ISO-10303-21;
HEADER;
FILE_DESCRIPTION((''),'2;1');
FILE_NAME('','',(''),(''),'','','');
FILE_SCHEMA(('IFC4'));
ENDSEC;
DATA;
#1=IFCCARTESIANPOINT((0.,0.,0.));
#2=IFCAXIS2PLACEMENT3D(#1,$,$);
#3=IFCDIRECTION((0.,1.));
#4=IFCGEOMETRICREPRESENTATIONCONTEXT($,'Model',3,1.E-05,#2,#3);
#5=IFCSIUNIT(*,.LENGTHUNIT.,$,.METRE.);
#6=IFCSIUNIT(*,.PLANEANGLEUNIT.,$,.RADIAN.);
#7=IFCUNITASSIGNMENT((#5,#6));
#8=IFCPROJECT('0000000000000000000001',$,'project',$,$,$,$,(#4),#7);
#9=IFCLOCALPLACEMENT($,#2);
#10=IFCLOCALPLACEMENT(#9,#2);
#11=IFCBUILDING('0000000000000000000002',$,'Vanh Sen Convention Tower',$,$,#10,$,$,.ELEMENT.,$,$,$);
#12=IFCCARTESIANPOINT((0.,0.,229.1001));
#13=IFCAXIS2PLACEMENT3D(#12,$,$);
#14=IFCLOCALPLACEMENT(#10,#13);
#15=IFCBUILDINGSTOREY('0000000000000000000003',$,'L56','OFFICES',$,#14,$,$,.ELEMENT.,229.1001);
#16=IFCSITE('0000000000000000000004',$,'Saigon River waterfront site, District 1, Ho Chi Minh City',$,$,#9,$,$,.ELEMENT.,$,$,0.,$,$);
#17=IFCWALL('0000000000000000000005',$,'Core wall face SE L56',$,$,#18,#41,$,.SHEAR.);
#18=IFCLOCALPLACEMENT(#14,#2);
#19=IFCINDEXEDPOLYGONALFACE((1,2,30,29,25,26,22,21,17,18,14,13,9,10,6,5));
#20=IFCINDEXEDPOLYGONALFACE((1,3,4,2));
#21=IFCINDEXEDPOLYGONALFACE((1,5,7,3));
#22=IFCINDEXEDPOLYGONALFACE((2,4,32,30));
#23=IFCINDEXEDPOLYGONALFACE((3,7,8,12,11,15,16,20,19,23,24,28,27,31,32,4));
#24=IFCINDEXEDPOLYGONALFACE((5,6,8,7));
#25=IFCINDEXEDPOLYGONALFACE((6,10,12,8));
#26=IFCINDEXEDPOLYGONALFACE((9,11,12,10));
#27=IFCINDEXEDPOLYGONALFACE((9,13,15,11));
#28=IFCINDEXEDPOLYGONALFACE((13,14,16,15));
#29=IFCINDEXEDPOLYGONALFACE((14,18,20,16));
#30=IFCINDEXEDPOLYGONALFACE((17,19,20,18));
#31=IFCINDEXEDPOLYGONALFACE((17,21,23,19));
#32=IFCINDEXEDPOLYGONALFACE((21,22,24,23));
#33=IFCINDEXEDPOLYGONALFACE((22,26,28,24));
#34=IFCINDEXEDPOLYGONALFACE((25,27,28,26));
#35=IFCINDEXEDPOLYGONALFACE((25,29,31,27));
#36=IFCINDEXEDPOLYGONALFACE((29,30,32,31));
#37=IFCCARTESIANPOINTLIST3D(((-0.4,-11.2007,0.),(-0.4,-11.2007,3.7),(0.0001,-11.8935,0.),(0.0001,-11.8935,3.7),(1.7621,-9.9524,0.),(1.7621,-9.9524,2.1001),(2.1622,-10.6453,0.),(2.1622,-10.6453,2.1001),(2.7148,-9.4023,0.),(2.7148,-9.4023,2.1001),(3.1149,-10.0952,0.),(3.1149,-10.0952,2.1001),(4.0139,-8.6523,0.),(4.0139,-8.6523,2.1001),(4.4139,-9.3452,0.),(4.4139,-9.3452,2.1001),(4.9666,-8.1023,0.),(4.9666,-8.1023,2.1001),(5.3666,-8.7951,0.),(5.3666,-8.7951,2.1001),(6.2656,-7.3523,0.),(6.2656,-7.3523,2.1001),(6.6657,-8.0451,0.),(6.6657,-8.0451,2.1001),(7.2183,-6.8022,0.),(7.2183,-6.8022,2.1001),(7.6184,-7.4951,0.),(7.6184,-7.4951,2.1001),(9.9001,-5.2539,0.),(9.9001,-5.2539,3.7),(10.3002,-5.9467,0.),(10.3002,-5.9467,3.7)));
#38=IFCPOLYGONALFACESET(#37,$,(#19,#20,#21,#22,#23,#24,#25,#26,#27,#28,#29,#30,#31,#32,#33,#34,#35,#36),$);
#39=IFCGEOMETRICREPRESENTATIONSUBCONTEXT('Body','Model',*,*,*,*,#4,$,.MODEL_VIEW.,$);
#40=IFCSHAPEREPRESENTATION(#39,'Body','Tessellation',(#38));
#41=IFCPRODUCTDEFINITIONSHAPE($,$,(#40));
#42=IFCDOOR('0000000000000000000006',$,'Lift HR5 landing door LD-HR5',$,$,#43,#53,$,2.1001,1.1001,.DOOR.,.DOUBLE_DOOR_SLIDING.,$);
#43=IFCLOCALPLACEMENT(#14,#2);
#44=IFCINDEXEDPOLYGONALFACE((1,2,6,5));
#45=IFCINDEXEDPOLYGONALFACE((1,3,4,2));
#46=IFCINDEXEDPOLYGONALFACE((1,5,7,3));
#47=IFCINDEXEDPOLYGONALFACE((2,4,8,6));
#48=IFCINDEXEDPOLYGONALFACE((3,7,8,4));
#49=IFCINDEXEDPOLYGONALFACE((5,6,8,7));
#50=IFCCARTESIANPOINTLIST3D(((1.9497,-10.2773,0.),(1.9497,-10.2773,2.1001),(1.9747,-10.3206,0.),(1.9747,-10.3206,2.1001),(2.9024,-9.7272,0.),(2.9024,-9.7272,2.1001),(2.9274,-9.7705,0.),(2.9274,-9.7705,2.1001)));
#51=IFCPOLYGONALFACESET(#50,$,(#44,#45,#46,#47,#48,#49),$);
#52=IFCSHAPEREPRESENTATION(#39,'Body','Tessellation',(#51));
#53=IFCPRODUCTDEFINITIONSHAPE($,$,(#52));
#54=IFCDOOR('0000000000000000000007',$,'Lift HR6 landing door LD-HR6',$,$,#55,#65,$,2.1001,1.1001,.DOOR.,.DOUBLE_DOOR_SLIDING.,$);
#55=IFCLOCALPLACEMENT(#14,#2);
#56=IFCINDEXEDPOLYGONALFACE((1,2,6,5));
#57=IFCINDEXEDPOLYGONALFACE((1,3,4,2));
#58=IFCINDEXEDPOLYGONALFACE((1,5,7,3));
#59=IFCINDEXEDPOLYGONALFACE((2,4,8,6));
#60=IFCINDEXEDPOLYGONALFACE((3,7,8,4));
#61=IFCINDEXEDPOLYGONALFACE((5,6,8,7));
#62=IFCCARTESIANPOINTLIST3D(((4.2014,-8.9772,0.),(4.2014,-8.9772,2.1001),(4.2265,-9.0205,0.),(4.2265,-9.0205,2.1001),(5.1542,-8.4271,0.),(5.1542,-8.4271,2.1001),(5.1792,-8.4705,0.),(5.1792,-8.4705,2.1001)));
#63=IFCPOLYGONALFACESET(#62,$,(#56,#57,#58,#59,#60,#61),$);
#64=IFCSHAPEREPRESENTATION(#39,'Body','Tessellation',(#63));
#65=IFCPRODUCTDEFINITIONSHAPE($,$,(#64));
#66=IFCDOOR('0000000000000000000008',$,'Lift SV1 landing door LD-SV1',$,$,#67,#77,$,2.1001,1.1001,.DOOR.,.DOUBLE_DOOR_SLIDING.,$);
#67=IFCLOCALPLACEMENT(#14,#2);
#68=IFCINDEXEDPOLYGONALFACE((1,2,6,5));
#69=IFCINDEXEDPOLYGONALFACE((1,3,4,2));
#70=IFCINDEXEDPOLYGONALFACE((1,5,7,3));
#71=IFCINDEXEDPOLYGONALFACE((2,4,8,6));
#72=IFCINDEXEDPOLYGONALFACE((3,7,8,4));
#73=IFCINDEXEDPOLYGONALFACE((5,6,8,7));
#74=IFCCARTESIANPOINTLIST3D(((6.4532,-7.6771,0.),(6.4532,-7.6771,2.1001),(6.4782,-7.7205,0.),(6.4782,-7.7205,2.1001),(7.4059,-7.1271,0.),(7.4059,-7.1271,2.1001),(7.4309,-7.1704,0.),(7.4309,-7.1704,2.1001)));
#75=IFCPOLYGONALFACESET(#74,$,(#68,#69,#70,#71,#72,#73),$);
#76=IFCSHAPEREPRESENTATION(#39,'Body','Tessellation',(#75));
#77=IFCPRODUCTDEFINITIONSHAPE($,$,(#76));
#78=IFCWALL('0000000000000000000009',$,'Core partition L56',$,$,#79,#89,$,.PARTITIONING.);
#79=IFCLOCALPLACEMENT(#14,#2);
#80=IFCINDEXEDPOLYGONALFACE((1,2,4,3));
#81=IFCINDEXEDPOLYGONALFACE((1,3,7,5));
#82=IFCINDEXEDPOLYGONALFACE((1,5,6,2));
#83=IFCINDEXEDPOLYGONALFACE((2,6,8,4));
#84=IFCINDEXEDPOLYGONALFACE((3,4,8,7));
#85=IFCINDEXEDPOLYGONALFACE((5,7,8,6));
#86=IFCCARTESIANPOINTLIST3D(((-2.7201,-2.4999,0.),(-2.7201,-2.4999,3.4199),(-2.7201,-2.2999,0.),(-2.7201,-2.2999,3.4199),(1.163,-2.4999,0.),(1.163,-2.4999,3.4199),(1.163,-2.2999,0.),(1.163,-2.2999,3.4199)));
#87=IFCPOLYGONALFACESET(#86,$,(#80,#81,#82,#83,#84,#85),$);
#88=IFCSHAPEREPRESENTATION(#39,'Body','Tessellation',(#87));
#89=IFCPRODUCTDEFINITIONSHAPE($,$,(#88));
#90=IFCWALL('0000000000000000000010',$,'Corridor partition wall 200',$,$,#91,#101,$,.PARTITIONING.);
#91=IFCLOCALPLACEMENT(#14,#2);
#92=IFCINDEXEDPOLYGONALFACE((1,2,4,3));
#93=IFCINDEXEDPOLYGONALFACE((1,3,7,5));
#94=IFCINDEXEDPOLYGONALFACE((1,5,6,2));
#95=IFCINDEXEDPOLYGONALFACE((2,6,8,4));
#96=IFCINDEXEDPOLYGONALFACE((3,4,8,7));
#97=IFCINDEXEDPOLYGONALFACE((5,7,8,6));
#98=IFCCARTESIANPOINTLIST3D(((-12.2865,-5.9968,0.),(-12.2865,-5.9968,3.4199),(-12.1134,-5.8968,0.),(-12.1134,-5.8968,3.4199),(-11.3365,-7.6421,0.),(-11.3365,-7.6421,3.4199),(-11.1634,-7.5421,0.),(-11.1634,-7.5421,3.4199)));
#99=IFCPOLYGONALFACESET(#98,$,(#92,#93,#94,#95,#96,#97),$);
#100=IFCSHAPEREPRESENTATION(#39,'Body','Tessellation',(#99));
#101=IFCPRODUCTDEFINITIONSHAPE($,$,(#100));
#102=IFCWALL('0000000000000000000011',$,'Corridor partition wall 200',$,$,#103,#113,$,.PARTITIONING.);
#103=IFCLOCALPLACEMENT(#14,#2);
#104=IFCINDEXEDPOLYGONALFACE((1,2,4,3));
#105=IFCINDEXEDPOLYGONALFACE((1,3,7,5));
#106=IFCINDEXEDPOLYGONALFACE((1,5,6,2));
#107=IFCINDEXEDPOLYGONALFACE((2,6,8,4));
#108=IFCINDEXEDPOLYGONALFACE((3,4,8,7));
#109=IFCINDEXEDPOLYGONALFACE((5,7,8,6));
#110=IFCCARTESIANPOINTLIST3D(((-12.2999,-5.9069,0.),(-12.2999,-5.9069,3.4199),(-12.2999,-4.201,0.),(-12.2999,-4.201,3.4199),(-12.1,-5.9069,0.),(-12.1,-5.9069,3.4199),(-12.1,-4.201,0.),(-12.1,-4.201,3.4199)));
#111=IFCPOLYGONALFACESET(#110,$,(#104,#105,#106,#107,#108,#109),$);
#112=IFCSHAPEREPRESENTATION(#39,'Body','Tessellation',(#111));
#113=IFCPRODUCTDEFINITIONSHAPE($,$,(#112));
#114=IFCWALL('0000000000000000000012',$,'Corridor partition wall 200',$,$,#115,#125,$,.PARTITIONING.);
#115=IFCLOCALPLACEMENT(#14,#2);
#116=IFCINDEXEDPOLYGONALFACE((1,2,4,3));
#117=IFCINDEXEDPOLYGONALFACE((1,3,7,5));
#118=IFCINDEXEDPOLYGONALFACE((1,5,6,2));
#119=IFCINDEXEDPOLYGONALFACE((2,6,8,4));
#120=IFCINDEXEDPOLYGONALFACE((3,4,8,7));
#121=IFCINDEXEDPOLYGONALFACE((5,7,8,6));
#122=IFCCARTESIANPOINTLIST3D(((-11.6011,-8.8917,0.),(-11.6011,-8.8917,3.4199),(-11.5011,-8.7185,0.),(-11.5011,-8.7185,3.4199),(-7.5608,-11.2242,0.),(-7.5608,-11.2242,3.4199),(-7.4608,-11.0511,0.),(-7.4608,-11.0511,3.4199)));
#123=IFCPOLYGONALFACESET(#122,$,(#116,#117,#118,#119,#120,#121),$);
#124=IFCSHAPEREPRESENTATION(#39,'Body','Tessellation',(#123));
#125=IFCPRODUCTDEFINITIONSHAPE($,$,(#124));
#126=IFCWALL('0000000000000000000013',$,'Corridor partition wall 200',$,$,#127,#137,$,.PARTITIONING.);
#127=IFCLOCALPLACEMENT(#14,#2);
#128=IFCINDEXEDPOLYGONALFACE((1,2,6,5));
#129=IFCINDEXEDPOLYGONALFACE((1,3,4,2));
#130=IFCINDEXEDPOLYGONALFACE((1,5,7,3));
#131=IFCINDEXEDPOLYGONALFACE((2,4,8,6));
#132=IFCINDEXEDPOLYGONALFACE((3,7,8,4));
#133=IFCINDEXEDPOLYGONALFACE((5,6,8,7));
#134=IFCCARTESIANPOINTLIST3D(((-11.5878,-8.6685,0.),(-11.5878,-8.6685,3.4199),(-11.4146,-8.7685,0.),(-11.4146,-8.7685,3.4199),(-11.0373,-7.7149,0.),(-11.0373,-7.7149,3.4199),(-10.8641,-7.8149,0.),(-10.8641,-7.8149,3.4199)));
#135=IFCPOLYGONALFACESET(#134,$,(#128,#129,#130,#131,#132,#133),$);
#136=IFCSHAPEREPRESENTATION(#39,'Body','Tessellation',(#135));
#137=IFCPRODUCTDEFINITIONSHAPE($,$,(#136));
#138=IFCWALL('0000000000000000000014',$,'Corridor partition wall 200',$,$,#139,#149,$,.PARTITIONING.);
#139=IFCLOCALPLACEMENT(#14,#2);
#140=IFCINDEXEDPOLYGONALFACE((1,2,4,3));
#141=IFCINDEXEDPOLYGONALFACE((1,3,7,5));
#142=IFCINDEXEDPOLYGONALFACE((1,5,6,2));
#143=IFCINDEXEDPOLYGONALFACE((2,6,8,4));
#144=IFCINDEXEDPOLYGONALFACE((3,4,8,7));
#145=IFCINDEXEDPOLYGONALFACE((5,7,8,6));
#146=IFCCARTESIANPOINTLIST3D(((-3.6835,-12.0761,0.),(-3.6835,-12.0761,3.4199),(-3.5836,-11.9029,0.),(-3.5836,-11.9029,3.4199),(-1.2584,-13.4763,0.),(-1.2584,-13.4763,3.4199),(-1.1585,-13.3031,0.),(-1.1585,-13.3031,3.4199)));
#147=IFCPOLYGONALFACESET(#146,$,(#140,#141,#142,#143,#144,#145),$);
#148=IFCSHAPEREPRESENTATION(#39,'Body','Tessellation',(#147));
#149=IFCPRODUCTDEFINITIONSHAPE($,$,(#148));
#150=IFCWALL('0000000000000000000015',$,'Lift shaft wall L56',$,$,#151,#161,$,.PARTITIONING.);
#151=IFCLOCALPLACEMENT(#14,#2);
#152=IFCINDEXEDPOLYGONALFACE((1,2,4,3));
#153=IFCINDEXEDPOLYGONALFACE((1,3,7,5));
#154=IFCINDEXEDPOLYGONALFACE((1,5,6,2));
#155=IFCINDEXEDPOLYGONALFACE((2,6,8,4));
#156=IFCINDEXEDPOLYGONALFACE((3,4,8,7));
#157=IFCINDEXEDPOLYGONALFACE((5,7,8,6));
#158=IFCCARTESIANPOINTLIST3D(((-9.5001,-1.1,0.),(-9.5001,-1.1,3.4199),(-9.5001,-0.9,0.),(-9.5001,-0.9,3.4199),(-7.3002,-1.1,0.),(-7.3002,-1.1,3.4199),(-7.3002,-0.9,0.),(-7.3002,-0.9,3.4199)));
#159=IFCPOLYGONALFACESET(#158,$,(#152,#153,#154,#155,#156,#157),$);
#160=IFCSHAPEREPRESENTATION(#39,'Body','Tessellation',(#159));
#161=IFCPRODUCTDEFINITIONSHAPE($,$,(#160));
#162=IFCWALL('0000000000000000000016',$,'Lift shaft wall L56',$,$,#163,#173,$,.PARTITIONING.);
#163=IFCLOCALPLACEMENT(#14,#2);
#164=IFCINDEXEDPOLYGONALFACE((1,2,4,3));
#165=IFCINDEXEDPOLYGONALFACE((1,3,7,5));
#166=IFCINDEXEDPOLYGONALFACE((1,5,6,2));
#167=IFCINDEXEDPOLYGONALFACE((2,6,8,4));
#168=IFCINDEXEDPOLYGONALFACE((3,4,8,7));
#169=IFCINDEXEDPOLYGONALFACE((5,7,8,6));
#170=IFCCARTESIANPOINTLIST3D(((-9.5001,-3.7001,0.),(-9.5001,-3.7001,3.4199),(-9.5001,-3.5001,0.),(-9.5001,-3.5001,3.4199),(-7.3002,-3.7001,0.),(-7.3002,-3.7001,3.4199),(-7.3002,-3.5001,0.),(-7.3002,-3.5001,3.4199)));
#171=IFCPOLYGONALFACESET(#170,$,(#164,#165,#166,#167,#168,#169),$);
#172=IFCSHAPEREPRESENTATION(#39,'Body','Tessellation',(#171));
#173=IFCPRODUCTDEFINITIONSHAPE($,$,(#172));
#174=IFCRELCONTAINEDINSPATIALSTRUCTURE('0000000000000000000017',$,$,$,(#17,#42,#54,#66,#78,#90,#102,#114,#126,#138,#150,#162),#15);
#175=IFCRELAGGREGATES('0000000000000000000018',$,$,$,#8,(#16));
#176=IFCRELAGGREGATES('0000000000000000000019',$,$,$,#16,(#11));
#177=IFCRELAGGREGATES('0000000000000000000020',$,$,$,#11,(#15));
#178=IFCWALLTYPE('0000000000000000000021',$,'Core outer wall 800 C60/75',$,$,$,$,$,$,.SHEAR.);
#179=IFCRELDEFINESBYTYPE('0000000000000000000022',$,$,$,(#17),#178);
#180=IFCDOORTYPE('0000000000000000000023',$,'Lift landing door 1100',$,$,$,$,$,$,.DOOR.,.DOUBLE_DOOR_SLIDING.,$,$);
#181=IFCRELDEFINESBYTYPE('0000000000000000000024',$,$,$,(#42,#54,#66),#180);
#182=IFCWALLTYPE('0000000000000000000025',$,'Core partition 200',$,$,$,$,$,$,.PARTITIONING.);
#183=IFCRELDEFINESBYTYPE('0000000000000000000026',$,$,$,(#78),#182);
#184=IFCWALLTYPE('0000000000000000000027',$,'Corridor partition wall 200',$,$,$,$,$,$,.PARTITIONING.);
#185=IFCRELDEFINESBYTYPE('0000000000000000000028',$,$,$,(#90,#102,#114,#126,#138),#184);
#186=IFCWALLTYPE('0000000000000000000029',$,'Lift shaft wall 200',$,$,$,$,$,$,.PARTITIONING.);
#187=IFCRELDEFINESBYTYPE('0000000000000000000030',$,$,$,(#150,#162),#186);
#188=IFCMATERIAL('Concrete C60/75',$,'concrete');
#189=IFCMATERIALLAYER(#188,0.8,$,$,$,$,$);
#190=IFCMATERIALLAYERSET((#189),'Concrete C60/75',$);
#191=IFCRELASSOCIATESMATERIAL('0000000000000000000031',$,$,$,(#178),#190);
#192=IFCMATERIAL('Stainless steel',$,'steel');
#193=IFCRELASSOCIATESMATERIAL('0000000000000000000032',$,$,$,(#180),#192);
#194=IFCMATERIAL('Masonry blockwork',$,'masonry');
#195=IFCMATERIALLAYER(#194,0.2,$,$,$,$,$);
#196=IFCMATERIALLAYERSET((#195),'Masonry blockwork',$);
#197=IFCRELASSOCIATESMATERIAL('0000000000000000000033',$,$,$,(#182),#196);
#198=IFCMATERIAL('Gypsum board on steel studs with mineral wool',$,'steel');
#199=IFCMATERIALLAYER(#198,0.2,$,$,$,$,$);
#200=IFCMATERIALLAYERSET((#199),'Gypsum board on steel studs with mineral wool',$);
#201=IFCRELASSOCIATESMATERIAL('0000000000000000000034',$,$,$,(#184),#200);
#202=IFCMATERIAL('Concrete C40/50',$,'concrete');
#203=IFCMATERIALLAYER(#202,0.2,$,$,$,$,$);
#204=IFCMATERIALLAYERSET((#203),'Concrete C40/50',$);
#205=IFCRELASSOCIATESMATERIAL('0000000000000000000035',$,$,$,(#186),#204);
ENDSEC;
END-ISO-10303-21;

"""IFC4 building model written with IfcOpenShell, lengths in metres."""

from ifc_helpers import new_model, si_unit, direction, frame, frame_2d, origin, place, context, subcontext, project, spatial, rectangle, extrude, material, layer, layer_set, type_object, element, fill, save


model = new_model("IFC4")

# Units and contexts
model_context = context("Model", 3, precision=1e-05, world=origin(), true_north=direction((0.0, 1.0)))
body_context = subcontext(model_context, "Body", "Model", "MODEL_VIEW")
ifc_project = project(units=[si_unit("LENGTHUNIT", "METRE"), si_unit("PLANEANGLEUNIT", "RADIAN")], contexts=[model_context])

# Site, building, storey
site_placement = place(None, origin())
site = spatial("IfcSite", under=ifc_project, at=site_placement, Name="Saigon River waterfront site, District 1, Ho Chi Minh City", CompositionType="ELEMENT", RefElevation=0.0)
building_placement = place(site_placement, origin())
building = spatial("IfcBuilding", under=site, at=building_placement, Name="Vanh Sen Convention Tower", CompositionType="ELEMENT")
storey_placement = place(building_placement, frame((0.0, 0.0, 229.1001)))
storey = spatial("IfcBuildingStorey", under=building, at=storey_placement, Name="L56", Description="OFFICES", CompositionType="ELEMENT", Elevation=229.1001)

# Shared definitions
ifc_material_1 = material(Name="Concrete C40/50", Category="concrete")

# Wall, openings, doors
ifc_material_2 = material(Name="Concrete C60/75", Category="concrete")
ifc_layer_1 = layer(ifc_material_2, 0.8)
ifc_layer_set_1 = layer_set([ifc_layer_1], Name="Concrete C60/75")
wall_type_1 = type_object("IfcWallType", Name="Core outer wall 800 C60/75", PredefinedType="SHEAR", material=ifc_layer_set_1)
ifc_material_3 = material(Name="Stainless steel", Category="steel")
door_type_1 = type_object("IfcDoorType", Name="Lift landing door 1100", OperationType="DOUBLE_DOOR_SLIDING", PredefinedType="DOOR", material=ifc_material_3)
wall_1_placement = place(storey_placement, frame((-0.2, -11.5471, 0.0), z_axis=(0.0, 0.0, 1.0), x_axis=(0.866024, 0.500003, 0.0)))
wall_1 = element("IfcWall", 1, at=wall_1_placement, inside=storey, type_object=wall_type_1, Name="Core wall face SE L56", PredefinedType="SHEAR", context=body_context, shape_type="SweptSolid", body=[
    extrude(rectangle(XDim=11.8936, YDim=0.8, at=frame_2d((5.9468, 0.0))), origin(), (0.0, 0.0, 1.0), 3.7),
])
opening_1_placement = place(wall_1_placement, frame((2.4966, 0.0, 0.0)))
opening_1 = element("IfcOpeningElement", 2, at=opening_1_placement, cuts=wall_1, PredefinedType="OPENING", context=body_context, shape_type="SweptSolid", body=[
    extrude(rectangle(XDim=1.1001, YDim=2.1001, at=frame_2d((0.55, 1.05))), frame((0.0, 0.4099, 0.0), z_axis=(0.0, -1.0, 0.0), x_axis=(1.0, 0.0, 0.0)), (0.0, 0.0, 1.0), 0.8201),
])
opening_2_placement = place(wall_1_placement, frame((5.0967, 0.0, 0.0)))
opening_2 = element("IfcOpeningElement", 3, at=opening_2_placement, cuts=wall_1, PredefinedType="OPENING", context=body_context, shape_type="SweptSolid", body=[
    extrude(rectangle(XDim=1.1001, YDim=2.1001, at=frame_2d((0.55, 1.05))), frame((0.0, 0.4099, 0.0), z_axis=(0.0, -1.0, 0.0), x_axis=(1.0, 0.0, 0.0)), (0.0, 0.0, 1.0), 0.8201),
])
opening_3_placement = place(wall_1_placement, frame((7.6968, 0.0, 0.0)))
opening_3 = element("IfcOpeningElement", 4, at=opening_3_placement, cuts=wall_1, PredefinedType="OPENING", context=body_context, shape_type="SweptSolid", body=[
    extrude(rectangle(XDim=1.1001, YDim=2.1001, at=frame_2d((0.55, 1.05))), frame((0.0, 0.4099, 0.0), z_axis=(0.0, -1.0, 0.0), x_axis=(1.0, 0.0, 0.0)), (0.0, 0.0, 1.0), 0.8201),
])
door_1_placement = place(opening_1_placement, origin())
door_1 = element("IfcDoor", 5, at=door_1_placement, inside=storey, type_object=door_type_1, Name="Lift HR5 landing door LD-HR5", OperationType="DOUBLE_DOOR_SLIDING", OverallHeight=2.1001, OverallWidth=1.1001, PredefinedType="DOOR", context=body_context, shape_type="SweptSolid", body=[
    extrude(rectangle(XDim=1.1001, YDim=2.1001, at=frame_2d((0.55, 1.05))), frame((0.0, 0.0249, 0.0), z_axis=(0.0, -1.0, 0.0), x_axis=(1.0, 0.0, 0.0)), (0.0, 0.0, 1.0), 0.05),
])
fill(opening_1, door_1)
door_2_placement = place(opening_2_placement, origin())
door_2 = element("IfcDoor", 6, at=door_2_placement, inside=storey, type_object=door_type_1, Name="Lift HR6 landing door LD-HR6", OperationType="DOUBLE_DOOR_SLIDING", OverallHeight=2.1001, OverallWidth=1.1001, PredefinedType="DOOR", context=body_context, shape_type="SweptSolid", body=[
    extrude(rectangle(XDim=1.1001, YDim=2.1001, at=frame_2d((0.55, 1.05))), frame((0.0, 0.0249, 0.0), z_axis=(0.0, -1.0, 0.0), x_axis=(1.0, 0.0, 0.0)), (0.0, 0.0, 1.0), 0.05),
])
fill(opening_2, door_2)
door_3_placement = place(opening_3_placement, origin())
door_3 = element("IfcDoor", 7, at=door_3_placement, inside=storey, type_object=door_type_1, Name="Lift SV1 landing door LD-SV1", OperationType="DOUBLE_DOOR_SLIDING", OverallHeight=2.1001, OverallWidth=1.1001, PredefinedType="DOOR", context=body_context, shape_type="SweptSolid", body=[
    extrude(rectangle(XDim=1.1001, YDim=2.1001, at=frame_2d((0.55, 1.05))), frame((0.0, 0.0249, 0.0), z_axis=(0.0, -1.0, 0.0), x_axis=(1.0, 0.0, 0.0)), (0.0, 0.0, 1.0), 0.05),
])
fill(opening_3, door_3)

# Walls
ifc_material_4 = material(Name="Masonry blockwork", Category="masonry")
ifc_layer_2 = layer(ifc_material_4, 0.2)
ifc_layer_set_2 = layer_set([ifc_layer_2], Name="Masonry blockwork")
wall_type_2 = type_object("IfcWallType", Name="Core partition 200", PredefinedType="PARTITIONING", material=ifc_layer_set_2)
wall_2_placement = place(storey_placement, frame((-2.72, -2.3999, 0.0), z_axis=(0.0, 0.0, 1.0), x_axis=(1.0, 0.0, 0.0)))
element("IfcWall", 8, at=wall_2_placement, inside=storey, type_object=wall_type_2, Name="Core partition L56", PredefinedType="PARTITIONING", context=body_context, shape_type="SweptSolid", body=[
    extrude(rectangle(XDim=3.8831, YDim=0.2, at=frame_2d((1.9414, 0.0))), origin(), (0.0, 0.0, 1.0), 3.4199),
])
ifc_material_5 = material(Name="Gypsum board on steel studs with mineral wool", Category="steel")
ifc_layer_3 = layer(ifc_material_5, 0.2)
ifc_layer_set_3 = layer_set([ifc_layer_3], Name="Gypsum board on steel studs with mineral wool")
wall_type_3 = type_object("IfcWallType", Name="Corridor partition wall 200", PredefinedType="PARTITIONING", material=ifc_layer_set_3)
wall_3_placement = place(storey_placement, frame((-12.2, -5.9468, 0.0), z_axis=(0.0, 0.0, 1.0), x_axis=(0.500023, -0.866012, 0.0)))
element("IfcWall", 9, at=wall_3_placement, inside=storey, type_object=wall_type_3, Name="Corridor partition wall 200", PredefinedType="PARTITIONING", context=body_context, shape_type="SweptSolid", body=[
    extrude(rectangle(XDim=1.8999, YDim=0.2, at=frame_2d((0.95, 0.0))), origin(), (0.0, 0.0, 1.0), 3.4199),
])
wall_4_placement = place(storey_placement, frame((-12.2, -4.2009, 0.0), z_axis=(0.0, 0.0, 1.0), x_axis=(0.0, -1.0, 0.0)))
element("IfcWall", 10, at=wall_4_placement, inside=storey, type_object=wall_type_3, Name="Corridor partition wall 200", PredefinedType="PARTITIONING", context=body_context, shape_type="SweptSolid", body=[
    extrude(rectangle(XDim=1.7058, YDim=0.2, at=frame_2d((0.853, 0.0))), origin(), (0.0, 0.0, 1.0), 3.4199),
])
wall_5_placement = place(storey_placement, frame((-11.551, -8.8052, 0.0), z_axis=(0.0, 0.0, 1.0), x_axis=(0.866038, -0.499978, 0.0)))
element("IfcWall", 11, at=wall_5_placement, inside=storey, type_object=wall_type_3, Name="Corridor partition wall 200", PredefinedType="PARTITIONING", context=body_context, shape_type="SweptSolid", body=[
    extrude(rectangle(XDim=4.6653, YDim=0.2, at=frame_2d((2.3325, 0.0))), origin(), (0.0, 0.0, 1.0), 3.4199),
])
wall_6_placement = place(storey_placement, frame((-10.9507, -7.7649, 0.0), z_axis=(0.0, 0.0, 1.0), x_axis=(-0.499978, -0.866038, 0.0)))
element("IfcWall", 12, at=wall_6_placement, inside=storey, type_object=wall_type_3, Name="Corridor partition wall 200", PredefinedType="PARTITIONING", context=body_context, shape_type="SweptSolid", body=[
    extrude(rectangle(XDim=1.1011, YDim=0.2, at=frame_2d((0.5505, 0.0))), origin(), (0.0, 0.0, 1.0), 3.4199),
])
wall_7_placement = place(storey_placement, frame((-3.6335, -11.9895, 0.0), z_axis=(0.0, 0.0, 1.0), x_axis=(0.866019, -0.500012, 0.0)))
element("IfcWall", 13, at=wall_7_placement, inside=storey, type_object=wall_type_3, Name="Corridor partition wall 200", PredefinedType="PARTITIONING", context=body_context, shape_type="SweptSolid", body=[
    extrude(rectangle(XDim=2.8003, YDim=0.2, at=frame_2d((1.4001, 0.0))), origin(), (0.0, 0.0, 1.0), 3.4199),
])
ifc_layer_4 = layer(ifc_material_1, 0.2)
ifc_layer_set_4 = layer_set([ifc_layer_4], Name="Concrete C40/50")
wall_type_4 = type_object("IfcWallType", Name="Lift shaft wall 200", PredefinedType="PARTITIONING", material=ifc_layer_set_4)
for number, where, z_axis, x_axis, name in (
    (14, (-7.3, -1.0, 0.0), (0.0, 0.0, 1.0), (-1.0, 0.0, 0.0), "Lift shaft wall L56"),
    (15, (-7.3, -3.6001, 0.0), (0.0, 0.0, 1.0), (-1.0, 0.0, 0.0), "Lift shaft wall L56"),
):
    element("IfcWall", number, at=place(storey_placement, frame(where, z_axis=z_axis, x_axis=x_axis)), inside=storey, type_object=wall_type_4, Name=name, PredefinedType="PARTITIONING", context=body_context, shape_type="SweptSolid", body=[
        extrude(rectangle(XDim=2.2, YDim=0.2, at=frame_2d((1.1001, 0.0))), origin(), (0.0, 0.0, 1.0), 3.4199),
    ])

save(model, "model.ifc")
